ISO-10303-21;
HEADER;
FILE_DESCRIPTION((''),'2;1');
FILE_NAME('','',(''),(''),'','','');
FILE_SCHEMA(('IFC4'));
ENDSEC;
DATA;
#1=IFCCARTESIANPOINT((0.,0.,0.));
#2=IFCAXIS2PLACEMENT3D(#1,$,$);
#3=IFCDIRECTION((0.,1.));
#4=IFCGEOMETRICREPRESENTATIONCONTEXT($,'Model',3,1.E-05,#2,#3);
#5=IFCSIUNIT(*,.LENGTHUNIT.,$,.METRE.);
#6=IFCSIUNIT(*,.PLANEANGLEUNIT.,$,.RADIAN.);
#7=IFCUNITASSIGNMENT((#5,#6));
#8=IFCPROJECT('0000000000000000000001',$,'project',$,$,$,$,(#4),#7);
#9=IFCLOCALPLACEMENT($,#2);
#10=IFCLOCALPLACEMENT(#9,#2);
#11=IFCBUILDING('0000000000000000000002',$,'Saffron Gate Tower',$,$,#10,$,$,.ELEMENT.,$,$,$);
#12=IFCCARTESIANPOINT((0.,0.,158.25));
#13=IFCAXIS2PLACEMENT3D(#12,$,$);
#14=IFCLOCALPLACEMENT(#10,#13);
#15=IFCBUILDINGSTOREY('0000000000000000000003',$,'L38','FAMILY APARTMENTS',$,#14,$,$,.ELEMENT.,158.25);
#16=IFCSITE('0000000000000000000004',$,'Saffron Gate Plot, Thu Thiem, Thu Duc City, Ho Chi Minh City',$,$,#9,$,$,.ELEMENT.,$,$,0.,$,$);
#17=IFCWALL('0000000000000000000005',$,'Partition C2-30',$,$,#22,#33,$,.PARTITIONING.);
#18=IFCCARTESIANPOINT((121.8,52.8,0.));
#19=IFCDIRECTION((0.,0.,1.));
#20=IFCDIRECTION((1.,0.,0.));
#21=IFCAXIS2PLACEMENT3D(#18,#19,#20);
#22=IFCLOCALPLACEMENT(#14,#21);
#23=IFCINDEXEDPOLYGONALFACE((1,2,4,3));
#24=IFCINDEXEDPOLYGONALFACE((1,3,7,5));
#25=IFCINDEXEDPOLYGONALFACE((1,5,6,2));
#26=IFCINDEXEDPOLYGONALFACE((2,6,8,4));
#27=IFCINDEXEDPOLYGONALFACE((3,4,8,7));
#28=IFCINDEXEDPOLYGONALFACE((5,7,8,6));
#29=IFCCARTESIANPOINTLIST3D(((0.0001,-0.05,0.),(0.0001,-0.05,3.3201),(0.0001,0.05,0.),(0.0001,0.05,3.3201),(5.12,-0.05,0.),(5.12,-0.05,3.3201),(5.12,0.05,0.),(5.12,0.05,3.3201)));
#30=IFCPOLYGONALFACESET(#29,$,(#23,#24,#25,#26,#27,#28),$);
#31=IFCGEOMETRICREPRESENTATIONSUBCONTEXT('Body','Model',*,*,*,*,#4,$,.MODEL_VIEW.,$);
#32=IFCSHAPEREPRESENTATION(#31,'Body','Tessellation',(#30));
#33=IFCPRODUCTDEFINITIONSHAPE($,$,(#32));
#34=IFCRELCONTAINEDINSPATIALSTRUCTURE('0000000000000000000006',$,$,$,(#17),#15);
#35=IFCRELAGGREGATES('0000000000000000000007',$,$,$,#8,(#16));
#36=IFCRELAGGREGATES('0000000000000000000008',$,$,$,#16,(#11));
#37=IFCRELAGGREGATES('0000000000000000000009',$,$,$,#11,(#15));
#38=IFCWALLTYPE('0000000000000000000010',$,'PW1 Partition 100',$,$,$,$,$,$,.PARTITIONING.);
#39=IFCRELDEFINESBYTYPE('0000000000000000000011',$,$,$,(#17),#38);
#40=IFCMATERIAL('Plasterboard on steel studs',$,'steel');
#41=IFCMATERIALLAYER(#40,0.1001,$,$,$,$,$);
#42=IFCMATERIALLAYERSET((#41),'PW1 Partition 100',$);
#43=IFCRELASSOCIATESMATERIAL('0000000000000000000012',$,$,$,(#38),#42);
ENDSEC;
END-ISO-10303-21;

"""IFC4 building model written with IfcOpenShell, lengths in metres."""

from ifc_helpers import new_model, si_unit, direction, frame, frame_2d, origin, place, context, subcontext, project, spatial, rectangle, extrude, material, layer, layer_set, type_object, element, save


model = new_model("IFC4")

# Units and contexts
model_context = context("Model", 3, precision=1e-05, world=origin(), true_north=direction((0.0, 1.0)))
body_context = subcontext(model_context, "Body", "Model", "MODEL_VIEW")
ifc_project = project(units=[si_unit("LENGTHUNIT", "METRE"), si_unit("PLANEANGLEUNIT", "RADIAN")], contexts=[model_context])

# Site, building, storey
site_placement = place(None, origin())
site = spatial("IfcSite", under=ifc_project, at=site_placement, Name="Saffron Gate Plot, Thu Thiem, Thu Duc City, Ho Chi Minh City", CompositionType="ELEMENT", RefElevation=0.0)
building_placement = place(site_placement, origin())
building = spatial("IfcBuilding", under=site, at=building_placement, Name="Saffron Gate Tower", CompositionType="ELEMENT")
storey_placement = place(building_placement, frame((0.0, 0.0, 158.25)))
storey = spatial("IfcBuildingStorey", under=building, at=storey_placement, Name="L38", Description="FAMILY APARTMENTS", CompositionType="ELEMENT", Elevation=158.25)

# Shared definitions
ifc_material_1 = material(Name="Plasterboard on steel studs", Category="steel")
ifc_layer_1 = layer(ifc_material_1, 0.1001)
ifc_layer_set_1 = layer_set([ifc_layer_1], Name="PW1 Partition 100")
wall_type_1 = type_object("IfcWallType", Name="PW1 Partition 100", PredefinedType="PARTITIONING", material=ifc_layer_set_1)

# Wall
wall_1_placement = place(storey_placement, frame((121.8, 52.8, 0.0), z_axis=(0.0, 0.0, 1.0), x_axis=(1.0, 0.0, 0.0)))
element("IfcWall", 1, at=wall_1_placement, inside=storey, type_object=wall_type_1, Name="Partition C2-30", PredefinedType="PARTITIONING", context=body_context, shape_type="SweptSolid", body=[
    extrude(rectangle(XDim=5.1199, YDim=0.1001, at=frame_2d((2.5601, 0.0))), origin(), (0.0, 0.0, 1.0), 3.3201),
])

save(model, "model.ifc")
